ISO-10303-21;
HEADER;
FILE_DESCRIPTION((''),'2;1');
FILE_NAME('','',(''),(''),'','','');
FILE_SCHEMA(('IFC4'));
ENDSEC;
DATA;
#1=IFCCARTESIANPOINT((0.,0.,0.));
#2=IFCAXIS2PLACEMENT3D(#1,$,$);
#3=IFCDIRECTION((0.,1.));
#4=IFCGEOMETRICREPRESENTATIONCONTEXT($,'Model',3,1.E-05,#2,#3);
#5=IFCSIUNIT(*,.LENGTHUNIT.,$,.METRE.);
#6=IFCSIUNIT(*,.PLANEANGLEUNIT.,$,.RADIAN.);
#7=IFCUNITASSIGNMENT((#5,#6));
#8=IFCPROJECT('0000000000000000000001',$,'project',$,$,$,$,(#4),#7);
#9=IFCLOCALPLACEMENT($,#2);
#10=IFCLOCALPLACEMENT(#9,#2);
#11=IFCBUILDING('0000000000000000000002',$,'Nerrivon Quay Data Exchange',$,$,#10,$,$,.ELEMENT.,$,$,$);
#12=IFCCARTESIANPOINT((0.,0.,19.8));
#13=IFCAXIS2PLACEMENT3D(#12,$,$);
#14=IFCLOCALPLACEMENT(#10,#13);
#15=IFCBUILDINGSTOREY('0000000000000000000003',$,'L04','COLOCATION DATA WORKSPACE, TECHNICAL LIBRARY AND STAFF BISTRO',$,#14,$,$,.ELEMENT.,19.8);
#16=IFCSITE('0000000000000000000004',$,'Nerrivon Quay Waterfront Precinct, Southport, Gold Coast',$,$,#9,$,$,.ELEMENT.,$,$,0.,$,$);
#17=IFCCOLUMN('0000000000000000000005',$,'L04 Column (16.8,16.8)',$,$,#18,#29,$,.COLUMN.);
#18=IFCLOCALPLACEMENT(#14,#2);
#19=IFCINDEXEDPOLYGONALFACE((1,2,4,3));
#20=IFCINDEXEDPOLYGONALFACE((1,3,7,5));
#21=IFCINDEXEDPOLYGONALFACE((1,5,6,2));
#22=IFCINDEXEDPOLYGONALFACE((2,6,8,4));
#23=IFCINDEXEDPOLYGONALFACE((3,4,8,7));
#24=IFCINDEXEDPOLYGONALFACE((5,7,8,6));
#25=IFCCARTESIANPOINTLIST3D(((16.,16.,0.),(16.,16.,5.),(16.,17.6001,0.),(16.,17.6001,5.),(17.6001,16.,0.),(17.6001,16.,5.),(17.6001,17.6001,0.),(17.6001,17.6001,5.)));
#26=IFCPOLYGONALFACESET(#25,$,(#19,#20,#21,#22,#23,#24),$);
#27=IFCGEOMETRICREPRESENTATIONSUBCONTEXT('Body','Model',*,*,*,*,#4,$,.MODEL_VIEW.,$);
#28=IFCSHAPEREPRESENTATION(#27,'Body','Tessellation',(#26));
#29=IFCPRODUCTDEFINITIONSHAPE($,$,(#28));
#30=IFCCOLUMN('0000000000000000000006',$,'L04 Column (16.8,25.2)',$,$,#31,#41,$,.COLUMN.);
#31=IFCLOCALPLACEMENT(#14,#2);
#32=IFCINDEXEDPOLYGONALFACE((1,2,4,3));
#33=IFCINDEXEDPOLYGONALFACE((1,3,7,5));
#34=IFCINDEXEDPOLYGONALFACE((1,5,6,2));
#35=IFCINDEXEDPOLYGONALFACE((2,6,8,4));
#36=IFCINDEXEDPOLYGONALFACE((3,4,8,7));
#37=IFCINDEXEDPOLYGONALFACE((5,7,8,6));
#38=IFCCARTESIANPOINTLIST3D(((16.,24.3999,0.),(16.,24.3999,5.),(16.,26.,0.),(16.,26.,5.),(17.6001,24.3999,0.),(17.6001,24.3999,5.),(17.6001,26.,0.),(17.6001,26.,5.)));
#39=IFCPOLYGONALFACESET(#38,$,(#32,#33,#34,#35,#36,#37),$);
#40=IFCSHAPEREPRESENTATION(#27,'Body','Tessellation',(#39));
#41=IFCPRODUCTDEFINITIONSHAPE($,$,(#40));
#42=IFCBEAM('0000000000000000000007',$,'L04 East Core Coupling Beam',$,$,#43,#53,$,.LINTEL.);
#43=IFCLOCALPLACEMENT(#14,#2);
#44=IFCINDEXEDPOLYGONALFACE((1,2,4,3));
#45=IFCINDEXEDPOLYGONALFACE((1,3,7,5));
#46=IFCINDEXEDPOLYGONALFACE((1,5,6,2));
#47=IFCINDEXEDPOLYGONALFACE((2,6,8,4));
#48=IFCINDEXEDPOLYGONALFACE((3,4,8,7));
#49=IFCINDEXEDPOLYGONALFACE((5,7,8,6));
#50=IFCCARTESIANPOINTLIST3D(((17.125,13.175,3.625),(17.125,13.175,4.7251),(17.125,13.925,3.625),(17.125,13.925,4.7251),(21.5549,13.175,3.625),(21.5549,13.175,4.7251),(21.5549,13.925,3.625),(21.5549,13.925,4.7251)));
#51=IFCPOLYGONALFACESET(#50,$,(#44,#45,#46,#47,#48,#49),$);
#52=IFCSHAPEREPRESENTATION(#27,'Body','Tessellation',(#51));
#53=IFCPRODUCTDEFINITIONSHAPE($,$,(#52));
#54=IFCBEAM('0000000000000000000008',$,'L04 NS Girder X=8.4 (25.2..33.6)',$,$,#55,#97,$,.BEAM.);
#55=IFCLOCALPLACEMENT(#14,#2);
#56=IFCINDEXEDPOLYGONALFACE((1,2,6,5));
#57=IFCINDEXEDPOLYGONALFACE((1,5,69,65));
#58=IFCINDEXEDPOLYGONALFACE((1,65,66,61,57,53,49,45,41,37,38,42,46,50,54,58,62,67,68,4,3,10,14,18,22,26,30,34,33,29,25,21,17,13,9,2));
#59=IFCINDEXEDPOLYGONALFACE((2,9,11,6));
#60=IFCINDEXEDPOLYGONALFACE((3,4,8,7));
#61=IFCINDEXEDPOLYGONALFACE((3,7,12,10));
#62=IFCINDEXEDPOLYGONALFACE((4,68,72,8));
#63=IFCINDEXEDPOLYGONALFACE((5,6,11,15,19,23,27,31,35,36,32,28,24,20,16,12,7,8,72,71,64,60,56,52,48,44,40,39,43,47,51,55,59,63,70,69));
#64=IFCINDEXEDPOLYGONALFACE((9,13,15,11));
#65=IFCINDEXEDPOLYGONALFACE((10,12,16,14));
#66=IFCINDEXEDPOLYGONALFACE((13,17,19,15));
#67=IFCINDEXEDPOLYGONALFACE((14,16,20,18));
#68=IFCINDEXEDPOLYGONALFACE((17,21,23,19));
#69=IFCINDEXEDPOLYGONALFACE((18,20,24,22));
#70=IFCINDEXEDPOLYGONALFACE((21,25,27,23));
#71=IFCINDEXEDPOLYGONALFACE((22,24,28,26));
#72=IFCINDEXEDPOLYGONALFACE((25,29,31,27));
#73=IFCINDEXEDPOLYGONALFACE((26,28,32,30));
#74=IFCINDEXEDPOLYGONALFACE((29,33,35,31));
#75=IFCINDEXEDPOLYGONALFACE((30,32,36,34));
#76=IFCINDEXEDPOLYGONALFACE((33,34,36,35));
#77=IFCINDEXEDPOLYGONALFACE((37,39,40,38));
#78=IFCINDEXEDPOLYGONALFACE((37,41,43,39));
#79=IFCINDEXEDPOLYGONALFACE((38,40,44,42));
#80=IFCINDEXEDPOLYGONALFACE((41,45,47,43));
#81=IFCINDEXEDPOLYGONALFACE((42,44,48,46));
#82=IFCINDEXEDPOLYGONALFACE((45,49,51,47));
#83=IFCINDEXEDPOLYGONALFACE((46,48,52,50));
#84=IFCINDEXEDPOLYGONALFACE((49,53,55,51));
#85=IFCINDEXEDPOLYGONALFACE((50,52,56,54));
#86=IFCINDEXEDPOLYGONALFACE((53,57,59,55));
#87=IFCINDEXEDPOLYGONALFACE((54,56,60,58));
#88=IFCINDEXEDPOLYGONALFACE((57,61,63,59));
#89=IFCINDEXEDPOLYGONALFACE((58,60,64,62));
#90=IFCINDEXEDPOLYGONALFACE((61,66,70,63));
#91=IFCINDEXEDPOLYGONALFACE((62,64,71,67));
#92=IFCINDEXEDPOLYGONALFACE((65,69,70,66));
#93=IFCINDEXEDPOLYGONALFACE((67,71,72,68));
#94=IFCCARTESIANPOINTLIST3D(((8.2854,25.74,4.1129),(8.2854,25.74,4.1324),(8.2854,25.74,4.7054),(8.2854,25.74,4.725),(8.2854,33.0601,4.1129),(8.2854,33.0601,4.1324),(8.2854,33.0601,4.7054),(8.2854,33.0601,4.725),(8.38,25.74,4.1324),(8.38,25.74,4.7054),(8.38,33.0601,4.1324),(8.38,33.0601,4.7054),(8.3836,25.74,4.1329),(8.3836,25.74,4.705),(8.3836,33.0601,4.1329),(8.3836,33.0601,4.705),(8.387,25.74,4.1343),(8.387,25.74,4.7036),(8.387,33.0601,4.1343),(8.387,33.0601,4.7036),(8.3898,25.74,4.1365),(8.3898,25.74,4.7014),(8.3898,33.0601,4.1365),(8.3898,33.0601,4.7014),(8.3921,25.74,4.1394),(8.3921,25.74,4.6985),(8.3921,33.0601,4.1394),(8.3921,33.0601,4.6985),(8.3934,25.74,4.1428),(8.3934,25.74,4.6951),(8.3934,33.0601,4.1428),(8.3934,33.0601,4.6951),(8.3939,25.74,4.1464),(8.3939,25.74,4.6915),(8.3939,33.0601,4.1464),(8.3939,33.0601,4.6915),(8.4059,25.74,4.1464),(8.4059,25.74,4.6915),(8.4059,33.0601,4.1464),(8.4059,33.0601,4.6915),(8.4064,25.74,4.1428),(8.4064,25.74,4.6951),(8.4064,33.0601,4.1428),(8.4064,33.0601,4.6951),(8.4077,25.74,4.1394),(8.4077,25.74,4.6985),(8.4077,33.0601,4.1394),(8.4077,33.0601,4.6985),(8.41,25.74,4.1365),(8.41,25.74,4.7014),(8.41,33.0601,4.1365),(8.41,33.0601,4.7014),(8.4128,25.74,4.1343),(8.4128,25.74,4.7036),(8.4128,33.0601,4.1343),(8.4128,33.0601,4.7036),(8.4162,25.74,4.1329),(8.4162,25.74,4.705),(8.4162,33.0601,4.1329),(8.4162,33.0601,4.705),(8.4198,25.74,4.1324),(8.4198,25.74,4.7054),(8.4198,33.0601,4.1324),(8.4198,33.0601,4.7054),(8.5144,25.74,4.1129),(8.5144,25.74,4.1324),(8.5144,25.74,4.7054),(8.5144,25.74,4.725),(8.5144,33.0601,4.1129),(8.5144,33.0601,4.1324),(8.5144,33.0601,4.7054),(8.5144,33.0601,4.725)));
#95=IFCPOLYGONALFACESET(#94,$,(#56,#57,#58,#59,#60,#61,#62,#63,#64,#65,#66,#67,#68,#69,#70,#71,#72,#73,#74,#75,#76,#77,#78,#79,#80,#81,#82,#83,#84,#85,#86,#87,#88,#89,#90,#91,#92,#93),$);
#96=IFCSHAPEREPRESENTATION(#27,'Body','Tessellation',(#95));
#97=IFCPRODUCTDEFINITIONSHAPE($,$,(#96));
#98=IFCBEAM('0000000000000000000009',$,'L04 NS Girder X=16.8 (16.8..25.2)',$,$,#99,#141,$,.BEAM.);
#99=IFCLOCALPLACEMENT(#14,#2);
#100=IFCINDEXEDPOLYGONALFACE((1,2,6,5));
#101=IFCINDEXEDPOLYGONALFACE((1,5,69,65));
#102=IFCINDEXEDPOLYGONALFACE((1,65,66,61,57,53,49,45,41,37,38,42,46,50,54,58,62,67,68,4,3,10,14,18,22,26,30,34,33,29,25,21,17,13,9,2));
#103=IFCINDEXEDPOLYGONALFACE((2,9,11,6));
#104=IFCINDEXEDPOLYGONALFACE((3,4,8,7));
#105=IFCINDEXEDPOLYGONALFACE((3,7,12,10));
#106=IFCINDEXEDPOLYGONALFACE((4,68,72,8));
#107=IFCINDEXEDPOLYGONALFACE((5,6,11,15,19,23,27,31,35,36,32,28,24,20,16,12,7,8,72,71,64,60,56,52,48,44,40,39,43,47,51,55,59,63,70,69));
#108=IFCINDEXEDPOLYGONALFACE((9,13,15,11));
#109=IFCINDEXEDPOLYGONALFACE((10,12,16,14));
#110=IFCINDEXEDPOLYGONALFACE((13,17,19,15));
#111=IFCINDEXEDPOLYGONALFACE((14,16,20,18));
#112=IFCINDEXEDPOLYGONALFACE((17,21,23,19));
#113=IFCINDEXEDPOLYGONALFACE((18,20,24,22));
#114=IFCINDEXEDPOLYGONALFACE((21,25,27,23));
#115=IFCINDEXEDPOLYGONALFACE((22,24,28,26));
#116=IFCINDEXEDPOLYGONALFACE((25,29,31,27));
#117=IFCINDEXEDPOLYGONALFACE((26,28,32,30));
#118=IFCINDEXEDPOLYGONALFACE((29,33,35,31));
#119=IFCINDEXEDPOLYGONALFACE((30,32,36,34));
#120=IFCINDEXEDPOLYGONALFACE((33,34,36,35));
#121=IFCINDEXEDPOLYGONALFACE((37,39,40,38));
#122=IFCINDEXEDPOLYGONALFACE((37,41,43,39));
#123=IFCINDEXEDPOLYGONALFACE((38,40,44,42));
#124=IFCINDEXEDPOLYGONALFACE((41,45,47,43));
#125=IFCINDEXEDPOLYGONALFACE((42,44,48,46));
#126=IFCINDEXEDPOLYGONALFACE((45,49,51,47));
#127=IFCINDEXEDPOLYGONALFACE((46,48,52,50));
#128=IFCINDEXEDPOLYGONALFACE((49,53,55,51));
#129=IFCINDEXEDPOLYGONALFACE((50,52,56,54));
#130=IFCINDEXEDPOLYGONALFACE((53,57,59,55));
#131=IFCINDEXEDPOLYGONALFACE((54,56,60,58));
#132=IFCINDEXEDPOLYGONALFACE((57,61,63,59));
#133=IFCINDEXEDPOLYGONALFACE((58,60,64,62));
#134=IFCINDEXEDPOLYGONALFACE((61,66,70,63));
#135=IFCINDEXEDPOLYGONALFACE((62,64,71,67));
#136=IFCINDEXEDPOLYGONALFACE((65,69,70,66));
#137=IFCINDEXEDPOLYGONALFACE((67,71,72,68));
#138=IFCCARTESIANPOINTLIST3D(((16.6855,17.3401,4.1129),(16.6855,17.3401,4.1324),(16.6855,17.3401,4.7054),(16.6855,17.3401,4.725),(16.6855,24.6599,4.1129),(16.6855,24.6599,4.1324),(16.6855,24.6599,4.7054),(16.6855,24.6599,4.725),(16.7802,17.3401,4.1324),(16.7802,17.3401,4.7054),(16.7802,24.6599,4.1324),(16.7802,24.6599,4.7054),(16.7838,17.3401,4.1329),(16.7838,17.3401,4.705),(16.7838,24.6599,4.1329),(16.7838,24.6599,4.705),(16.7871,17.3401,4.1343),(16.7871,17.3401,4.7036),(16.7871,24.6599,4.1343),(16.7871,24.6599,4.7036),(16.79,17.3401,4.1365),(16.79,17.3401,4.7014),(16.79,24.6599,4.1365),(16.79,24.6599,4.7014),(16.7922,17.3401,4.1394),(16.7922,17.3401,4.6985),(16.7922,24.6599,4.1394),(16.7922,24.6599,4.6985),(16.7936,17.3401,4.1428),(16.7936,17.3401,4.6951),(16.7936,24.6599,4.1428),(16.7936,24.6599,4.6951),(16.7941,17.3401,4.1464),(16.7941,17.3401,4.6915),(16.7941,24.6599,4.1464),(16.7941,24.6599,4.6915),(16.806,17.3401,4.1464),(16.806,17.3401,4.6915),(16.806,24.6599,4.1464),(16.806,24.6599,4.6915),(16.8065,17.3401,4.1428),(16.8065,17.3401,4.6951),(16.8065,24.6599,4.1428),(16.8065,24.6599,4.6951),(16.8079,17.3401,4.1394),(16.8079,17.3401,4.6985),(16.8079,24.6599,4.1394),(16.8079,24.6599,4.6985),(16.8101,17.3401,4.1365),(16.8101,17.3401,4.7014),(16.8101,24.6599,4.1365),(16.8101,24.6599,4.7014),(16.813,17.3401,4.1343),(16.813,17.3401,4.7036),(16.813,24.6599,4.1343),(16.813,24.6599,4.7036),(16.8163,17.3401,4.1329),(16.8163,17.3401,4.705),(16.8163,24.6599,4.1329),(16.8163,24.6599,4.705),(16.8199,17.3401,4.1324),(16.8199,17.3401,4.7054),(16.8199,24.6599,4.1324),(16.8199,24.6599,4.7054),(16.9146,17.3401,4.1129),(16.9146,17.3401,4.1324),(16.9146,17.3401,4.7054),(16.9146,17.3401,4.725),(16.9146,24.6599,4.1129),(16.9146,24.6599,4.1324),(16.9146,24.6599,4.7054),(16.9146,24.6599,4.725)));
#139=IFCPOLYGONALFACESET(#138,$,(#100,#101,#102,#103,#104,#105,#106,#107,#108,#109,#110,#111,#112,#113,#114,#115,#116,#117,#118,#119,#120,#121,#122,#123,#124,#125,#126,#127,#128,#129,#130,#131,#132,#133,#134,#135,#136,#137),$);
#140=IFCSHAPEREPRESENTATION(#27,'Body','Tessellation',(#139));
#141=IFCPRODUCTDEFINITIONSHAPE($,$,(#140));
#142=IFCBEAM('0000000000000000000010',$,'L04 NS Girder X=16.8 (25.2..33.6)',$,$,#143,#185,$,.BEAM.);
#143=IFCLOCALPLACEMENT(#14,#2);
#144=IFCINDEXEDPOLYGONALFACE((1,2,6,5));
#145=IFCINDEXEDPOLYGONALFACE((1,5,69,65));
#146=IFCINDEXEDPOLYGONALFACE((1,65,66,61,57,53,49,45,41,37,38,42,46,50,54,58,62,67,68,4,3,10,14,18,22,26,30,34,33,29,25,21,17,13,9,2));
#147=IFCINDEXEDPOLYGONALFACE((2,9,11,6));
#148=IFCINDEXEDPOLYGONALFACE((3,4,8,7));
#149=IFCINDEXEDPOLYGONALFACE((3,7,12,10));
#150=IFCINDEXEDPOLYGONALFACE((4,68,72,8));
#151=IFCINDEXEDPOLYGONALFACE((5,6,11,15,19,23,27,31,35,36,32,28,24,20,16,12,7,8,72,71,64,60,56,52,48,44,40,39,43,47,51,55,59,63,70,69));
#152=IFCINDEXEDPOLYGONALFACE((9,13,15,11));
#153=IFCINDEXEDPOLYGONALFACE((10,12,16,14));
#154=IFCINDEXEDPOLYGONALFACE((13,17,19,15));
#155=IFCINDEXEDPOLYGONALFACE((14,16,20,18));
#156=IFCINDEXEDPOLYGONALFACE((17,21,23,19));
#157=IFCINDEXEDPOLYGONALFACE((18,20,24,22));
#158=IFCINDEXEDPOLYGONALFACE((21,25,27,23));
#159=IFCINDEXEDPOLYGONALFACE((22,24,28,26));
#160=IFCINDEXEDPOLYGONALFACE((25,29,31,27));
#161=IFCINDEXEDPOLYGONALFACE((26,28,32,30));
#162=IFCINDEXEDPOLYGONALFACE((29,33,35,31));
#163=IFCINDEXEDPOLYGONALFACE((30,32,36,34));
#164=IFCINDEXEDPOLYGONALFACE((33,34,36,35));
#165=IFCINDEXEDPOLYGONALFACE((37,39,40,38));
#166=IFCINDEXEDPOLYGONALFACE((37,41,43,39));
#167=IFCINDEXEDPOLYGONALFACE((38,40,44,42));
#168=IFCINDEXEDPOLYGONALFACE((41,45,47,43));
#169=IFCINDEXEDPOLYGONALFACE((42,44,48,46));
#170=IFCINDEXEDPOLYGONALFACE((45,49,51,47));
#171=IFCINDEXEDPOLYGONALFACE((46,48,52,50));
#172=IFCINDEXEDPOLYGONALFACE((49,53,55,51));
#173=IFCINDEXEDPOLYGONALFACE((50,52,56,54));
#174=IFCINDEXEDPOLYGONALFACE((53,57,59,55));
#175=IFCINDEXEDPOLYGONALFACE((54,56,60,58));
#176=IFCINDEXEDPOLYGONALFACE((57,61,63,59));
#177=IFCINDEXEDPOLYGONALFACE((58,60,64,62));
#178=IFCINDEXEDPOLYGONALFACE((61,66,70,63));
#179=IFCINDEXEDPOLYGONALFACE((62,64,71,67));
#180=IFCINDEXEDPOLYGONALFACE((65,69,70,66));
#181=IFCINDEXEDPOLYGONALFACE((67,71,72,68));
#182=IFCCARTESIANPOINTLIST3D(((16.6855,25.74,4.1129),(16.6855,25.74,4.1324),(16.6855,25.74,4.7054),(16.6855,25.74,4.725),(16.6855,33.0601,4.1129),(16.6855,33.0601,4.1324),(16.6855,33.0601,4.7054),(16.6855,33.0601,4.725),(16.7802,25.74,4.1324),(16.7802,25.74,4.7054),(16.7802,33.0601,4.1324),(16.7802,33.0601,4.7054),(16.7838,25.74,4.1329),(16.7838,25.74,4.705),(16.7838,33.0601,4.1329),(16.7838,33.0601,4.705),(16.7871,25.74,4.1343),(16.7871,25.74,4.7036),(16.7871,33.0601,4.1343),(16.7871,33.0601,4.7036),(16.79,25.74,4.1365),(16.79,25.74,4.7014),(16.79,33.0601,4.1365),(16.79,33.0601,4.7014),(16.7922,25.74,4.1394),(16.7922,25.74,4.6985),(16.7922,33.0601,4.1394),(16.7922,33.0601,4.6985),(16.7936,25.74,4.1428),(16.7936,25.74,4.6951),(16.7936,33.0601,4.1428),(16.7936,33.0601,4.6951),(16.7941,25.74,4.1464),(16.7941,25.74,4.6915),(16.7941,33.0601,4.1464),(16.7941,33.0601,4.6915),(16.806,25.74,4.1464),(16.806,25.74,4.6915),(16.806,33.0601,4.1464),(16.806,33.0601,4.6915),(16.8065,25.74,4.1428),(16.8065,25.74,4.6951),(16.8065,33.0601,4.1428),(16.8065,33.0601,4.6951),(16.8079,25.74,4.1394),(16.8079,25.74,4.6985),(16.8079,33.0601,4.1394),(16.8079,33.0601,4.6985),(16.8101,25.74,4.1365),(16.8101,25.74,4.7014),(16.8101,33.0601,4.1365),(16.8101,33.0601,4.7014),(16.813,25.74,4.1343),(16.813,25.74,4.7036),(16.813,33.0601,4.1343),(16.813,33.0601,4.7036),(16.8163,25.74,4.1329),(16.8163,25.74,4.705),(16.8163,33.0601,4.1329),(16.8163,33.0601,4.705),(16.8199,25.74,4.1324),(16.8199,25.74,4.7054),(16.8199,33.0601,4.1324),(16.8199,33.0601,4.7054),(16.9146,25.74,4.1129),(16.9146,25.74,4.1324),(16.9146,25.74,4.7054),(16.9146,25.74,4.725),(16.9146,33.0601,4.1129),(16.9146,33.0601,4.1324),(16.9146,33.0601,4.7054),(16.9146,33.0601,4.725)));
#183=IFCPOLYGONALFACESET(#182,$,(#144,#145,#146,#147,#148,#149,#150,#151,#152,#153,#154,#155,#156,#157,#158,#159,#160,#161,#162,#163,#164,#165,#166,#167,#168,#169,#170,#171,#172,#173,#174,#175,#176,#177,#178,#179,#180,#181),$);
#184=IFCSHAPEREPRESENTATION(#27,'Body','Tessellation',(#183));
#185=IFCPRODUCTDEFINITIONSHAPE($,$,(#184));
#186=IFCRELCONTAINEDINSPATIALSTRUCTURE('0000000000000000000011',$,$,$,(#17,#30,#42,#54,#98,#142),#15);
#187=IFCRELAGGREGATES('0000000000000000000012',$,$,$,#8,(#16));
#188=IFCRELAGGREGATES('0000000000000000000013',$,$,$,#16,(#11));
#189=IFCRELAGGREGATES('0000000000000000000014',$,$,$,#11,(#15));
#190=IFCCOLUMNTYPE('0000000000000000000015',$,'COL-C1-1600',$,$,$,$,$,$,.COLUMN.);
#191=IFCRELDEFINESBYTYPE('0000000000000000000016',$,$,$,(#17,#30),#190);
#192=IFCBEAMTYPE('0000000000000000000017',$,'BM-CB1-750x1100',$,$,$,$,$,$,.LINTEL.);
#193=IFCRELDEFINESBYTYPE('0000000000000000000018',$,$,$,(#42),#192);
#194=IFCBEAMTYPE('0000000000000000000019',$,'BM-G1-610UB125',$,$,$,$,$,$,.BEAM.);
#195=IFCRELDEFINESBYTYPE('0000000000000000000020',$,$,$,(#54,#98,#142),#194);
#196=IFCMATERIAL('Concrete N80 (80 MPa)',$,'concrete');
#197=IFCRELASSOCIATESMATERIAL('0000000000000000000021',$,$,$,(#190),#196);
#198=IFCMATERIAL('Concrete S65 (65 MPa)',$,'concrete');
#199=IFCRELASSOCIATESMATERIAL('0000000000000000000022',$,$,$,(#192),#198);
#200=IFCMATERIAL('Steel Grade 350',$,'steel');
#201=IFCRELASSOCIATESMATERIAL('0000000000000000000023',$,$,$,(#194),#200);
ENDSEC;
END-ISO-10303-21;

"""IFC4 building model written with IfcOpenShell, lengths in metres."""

from ifc_helpers import new_model, si_unit, direction, frame, origin, origin_2d, place, context, subcontext, project, spatial, rectangle, i_section, extrude, material, material_profile, profile_set, type_object, element, save


model = new_model("IFC4")

# Units and contexts
model_context = context("Model", 3, precision=1e-05, world=origin(), true_north=direction((0.0, 1.0)))
body_context = subcontext(model_context, "Body", "Model", "MODEL_VIEW")
ifc_project = project(units=[si_unit("LENGTHUNIT", "METRE"), si_unit("PLANEANGLEUNIT", "RADIAN")], contexts=[model_context])

# Site, building, storey
site_placement = place(None, origin())
site = spatial("IfcSite", under=ifc_project, at=site_placement, Name="Nerrivon Quay Waterfront Precinct, Southport, Gold Coast", CompositionType="ELEMENT", RefElevation=0.0)
building_placement = place(site_placement, origin())
building = spatial("IfcBuilding", under=site, at=building_placement, Name="Nerrivon Quay Data Exchange", CompositionType="ELEMENT")
storey_placement = place(building_placement, frame((0.0, 0.0, 19.8)))
storey = spatial("IfcBuildingStorey", under=building, at=storey_placement, Name="L04", Description="COLOCATION DATA WORKSPACE, TECHNICAL LIBRARY AND STAFF BISTRO", CompositionType="ELEMENT", Elevation=19.8)

# Columns
ifc_material_1 = material(Name="Concrete N80 (80 MPa)", Category="concrete")
ifc_material_profile_1 = material_profile(ifc_material_1, rectangle(XDim=1.6001, YDim=1.6001, at=origin_2d()), Name="RC-COL-1600x1600")
ifc_profile_set_1 = profile_set([ifc_material_profile_1], Name="Concrete N80 (80 MPa)")
column_type = type_object("IfcColumnType", Name="COL-C1-1600", PredefinedType="COLUMN", material=ifc_profile_set_1)
for number, where, z_axis, x_axis, name in (
    (1, (16.8, 16.8, 0.0), (0.0, 0.0, 1.0), (1.0, 0.0, 0.0), "L04 Column (16.8,16.8)"),
    (2, (16.8, 25.2, 0.0), (0.0, 0.0, 1.0), (1.0, 0.0, 0.0), "L04 Column (16.8,25.2)"),
):
    element("IfcColumn", number, at=place(storey_placement, frame(where, z_axis=z_axis, x_axis=x_axis)), inside=storey, type_object=column_type, Name=name, PredefinedType="COLUMN", context=body_context, shape_type="SweptSolid", body=[
        extrude(rectangle(XDim=1.6001, YDim=1.6001, at=origin_2d()), origin(), (0.0, 0.0, 1.0), 5.0),
    ])

# Beams
ifc_material_2 = material(Name="Concrete S65 (65 MPa)", Category="concrete")
ifc_material_profile_2 = material_profile(ifc_material_2, rectangle(XDim=0.75, YDim=1.1001, at=origin_2d()), Name="RC-CB-750x1100")
ifc_profile_set_2 = profile_set([ifc_material_profile_2], Name="Concrete S65 (65 MPa)")
beam_type_1 = type_object("IfcBeamType", Name="BM-CB1-750x1100", PredefinedType="LINTEL", material=ifc_profile_set_2)
beam_1_placement = place(storey_placement, frame((17.125, 13.55, 4.175), z_axis=(1.0, 0.0, 0.0), x_axis=(0.0, 1.0, 0.0)))
element("IfcBeam", 3, at=beam_1_placement, inside=storey, type_object=beam_type_1, Name="L04 East Core Coupling Beam", PredefinedType="LINTEL", context=body_context, shape_type="SweptSolid", body=[
    extrude(rectangle(XDim=0.75, YDim=1.1001, at=origin_2d()), origin(), (0.0, 0.0, 1.0), 4.4299),
])
ifc_material_3 = material(Name="Steel Grade 350", Category="steel")
ifc_material_profile_3 = material_profile(ifc_material_3, i_section(OverallWidth=0.229, OverallDepth=0.6121, WebThickness=0.012, FlangeThickness=0.0195, FilletRadius=0.0139, at=origin_2d()), Name="610UB125")
ifc_profile_set_3 = profile_set([ifc_material_profile_3], Name="Steel Grade 350")
beam_type_2 = type_object("IfcBeamType", Name="BM-G1-610UB125", PredefinedType="BEAM", material=ifc_profile_set_3)
beam_2_placement = place(storey_placement, frame((8.3999, 25.74, 4.4189), z_axis=(0.0, 1.0, 0.0), x_axis=(-1.0, 0.0, 0.0)))
element("IfcBeam", 4, at=beam_2_placement, inside=storey, type_object=beam_type_2, Name="L04 NS Girder X=8.4 (25.2..33.6)", PredefinedType="BEAM", context=body_context, shape_type="SweptSolid", body=[
    extrude(i_section(OverallWidth=0.229, OverallDepth=0.6121, WebThickness=0.012, FlangeThickness=0.0195, FilletRadius=0.0139, at=origin_2d()), origin(), (0.0, 0.0, 1.0), 7.3201),
])
beam_3_placement = place(storey_placement, frame((16.8, 17.3401, 4.4189), z_axis=(0.0, 1.0, 0.0), x_axis=(-1.0, 0.0, 0.0)))
element("IfcBeam", 5, at=beam_3_placement, inside=storey, type_object=beam_type_2, Name="L04 NS Girder X=16.8 (16.8..25.2)", PredefinedType="BEAM", context=body_context, shape_type="SweptSolid", body=[
    extrude(i_section(OverallWidth=0.229, OverallDepth=0.6121, WebThickness=0.012, FlangeThickness=0.0195, FilletRadius=0.0139, at=origin_2d()), origin(), (0.0, 0.0, 1.0), 7.3198),
])
beam_4_placement = place(storey_placement, frame((16.8, 25.74, 4.4189), z_axis=(0.0, 1.0, 0.0), x_axis=(-1.0, 0.0, 0.0)))
element("IfcBeam", 6, at=beam_4_placement, inside=storey, type_object=beam_type_2, Name="L04 NS Girder X=16.8 (25.2..33.6)", PredefinedType="BEAM", context=body_context, shape_type="SweptSolid", body=[
    extrude(i_section(OverallWidth=0.229, OverallDepth=0.6121, WebThickness=0.012, FlangeThickness=0.0195, FilletRadius=0.0139, at=origin_2d()), origin(), (0.0, 0.0, 1.0), 7.3201),
])

save(model, "model.ifc")
